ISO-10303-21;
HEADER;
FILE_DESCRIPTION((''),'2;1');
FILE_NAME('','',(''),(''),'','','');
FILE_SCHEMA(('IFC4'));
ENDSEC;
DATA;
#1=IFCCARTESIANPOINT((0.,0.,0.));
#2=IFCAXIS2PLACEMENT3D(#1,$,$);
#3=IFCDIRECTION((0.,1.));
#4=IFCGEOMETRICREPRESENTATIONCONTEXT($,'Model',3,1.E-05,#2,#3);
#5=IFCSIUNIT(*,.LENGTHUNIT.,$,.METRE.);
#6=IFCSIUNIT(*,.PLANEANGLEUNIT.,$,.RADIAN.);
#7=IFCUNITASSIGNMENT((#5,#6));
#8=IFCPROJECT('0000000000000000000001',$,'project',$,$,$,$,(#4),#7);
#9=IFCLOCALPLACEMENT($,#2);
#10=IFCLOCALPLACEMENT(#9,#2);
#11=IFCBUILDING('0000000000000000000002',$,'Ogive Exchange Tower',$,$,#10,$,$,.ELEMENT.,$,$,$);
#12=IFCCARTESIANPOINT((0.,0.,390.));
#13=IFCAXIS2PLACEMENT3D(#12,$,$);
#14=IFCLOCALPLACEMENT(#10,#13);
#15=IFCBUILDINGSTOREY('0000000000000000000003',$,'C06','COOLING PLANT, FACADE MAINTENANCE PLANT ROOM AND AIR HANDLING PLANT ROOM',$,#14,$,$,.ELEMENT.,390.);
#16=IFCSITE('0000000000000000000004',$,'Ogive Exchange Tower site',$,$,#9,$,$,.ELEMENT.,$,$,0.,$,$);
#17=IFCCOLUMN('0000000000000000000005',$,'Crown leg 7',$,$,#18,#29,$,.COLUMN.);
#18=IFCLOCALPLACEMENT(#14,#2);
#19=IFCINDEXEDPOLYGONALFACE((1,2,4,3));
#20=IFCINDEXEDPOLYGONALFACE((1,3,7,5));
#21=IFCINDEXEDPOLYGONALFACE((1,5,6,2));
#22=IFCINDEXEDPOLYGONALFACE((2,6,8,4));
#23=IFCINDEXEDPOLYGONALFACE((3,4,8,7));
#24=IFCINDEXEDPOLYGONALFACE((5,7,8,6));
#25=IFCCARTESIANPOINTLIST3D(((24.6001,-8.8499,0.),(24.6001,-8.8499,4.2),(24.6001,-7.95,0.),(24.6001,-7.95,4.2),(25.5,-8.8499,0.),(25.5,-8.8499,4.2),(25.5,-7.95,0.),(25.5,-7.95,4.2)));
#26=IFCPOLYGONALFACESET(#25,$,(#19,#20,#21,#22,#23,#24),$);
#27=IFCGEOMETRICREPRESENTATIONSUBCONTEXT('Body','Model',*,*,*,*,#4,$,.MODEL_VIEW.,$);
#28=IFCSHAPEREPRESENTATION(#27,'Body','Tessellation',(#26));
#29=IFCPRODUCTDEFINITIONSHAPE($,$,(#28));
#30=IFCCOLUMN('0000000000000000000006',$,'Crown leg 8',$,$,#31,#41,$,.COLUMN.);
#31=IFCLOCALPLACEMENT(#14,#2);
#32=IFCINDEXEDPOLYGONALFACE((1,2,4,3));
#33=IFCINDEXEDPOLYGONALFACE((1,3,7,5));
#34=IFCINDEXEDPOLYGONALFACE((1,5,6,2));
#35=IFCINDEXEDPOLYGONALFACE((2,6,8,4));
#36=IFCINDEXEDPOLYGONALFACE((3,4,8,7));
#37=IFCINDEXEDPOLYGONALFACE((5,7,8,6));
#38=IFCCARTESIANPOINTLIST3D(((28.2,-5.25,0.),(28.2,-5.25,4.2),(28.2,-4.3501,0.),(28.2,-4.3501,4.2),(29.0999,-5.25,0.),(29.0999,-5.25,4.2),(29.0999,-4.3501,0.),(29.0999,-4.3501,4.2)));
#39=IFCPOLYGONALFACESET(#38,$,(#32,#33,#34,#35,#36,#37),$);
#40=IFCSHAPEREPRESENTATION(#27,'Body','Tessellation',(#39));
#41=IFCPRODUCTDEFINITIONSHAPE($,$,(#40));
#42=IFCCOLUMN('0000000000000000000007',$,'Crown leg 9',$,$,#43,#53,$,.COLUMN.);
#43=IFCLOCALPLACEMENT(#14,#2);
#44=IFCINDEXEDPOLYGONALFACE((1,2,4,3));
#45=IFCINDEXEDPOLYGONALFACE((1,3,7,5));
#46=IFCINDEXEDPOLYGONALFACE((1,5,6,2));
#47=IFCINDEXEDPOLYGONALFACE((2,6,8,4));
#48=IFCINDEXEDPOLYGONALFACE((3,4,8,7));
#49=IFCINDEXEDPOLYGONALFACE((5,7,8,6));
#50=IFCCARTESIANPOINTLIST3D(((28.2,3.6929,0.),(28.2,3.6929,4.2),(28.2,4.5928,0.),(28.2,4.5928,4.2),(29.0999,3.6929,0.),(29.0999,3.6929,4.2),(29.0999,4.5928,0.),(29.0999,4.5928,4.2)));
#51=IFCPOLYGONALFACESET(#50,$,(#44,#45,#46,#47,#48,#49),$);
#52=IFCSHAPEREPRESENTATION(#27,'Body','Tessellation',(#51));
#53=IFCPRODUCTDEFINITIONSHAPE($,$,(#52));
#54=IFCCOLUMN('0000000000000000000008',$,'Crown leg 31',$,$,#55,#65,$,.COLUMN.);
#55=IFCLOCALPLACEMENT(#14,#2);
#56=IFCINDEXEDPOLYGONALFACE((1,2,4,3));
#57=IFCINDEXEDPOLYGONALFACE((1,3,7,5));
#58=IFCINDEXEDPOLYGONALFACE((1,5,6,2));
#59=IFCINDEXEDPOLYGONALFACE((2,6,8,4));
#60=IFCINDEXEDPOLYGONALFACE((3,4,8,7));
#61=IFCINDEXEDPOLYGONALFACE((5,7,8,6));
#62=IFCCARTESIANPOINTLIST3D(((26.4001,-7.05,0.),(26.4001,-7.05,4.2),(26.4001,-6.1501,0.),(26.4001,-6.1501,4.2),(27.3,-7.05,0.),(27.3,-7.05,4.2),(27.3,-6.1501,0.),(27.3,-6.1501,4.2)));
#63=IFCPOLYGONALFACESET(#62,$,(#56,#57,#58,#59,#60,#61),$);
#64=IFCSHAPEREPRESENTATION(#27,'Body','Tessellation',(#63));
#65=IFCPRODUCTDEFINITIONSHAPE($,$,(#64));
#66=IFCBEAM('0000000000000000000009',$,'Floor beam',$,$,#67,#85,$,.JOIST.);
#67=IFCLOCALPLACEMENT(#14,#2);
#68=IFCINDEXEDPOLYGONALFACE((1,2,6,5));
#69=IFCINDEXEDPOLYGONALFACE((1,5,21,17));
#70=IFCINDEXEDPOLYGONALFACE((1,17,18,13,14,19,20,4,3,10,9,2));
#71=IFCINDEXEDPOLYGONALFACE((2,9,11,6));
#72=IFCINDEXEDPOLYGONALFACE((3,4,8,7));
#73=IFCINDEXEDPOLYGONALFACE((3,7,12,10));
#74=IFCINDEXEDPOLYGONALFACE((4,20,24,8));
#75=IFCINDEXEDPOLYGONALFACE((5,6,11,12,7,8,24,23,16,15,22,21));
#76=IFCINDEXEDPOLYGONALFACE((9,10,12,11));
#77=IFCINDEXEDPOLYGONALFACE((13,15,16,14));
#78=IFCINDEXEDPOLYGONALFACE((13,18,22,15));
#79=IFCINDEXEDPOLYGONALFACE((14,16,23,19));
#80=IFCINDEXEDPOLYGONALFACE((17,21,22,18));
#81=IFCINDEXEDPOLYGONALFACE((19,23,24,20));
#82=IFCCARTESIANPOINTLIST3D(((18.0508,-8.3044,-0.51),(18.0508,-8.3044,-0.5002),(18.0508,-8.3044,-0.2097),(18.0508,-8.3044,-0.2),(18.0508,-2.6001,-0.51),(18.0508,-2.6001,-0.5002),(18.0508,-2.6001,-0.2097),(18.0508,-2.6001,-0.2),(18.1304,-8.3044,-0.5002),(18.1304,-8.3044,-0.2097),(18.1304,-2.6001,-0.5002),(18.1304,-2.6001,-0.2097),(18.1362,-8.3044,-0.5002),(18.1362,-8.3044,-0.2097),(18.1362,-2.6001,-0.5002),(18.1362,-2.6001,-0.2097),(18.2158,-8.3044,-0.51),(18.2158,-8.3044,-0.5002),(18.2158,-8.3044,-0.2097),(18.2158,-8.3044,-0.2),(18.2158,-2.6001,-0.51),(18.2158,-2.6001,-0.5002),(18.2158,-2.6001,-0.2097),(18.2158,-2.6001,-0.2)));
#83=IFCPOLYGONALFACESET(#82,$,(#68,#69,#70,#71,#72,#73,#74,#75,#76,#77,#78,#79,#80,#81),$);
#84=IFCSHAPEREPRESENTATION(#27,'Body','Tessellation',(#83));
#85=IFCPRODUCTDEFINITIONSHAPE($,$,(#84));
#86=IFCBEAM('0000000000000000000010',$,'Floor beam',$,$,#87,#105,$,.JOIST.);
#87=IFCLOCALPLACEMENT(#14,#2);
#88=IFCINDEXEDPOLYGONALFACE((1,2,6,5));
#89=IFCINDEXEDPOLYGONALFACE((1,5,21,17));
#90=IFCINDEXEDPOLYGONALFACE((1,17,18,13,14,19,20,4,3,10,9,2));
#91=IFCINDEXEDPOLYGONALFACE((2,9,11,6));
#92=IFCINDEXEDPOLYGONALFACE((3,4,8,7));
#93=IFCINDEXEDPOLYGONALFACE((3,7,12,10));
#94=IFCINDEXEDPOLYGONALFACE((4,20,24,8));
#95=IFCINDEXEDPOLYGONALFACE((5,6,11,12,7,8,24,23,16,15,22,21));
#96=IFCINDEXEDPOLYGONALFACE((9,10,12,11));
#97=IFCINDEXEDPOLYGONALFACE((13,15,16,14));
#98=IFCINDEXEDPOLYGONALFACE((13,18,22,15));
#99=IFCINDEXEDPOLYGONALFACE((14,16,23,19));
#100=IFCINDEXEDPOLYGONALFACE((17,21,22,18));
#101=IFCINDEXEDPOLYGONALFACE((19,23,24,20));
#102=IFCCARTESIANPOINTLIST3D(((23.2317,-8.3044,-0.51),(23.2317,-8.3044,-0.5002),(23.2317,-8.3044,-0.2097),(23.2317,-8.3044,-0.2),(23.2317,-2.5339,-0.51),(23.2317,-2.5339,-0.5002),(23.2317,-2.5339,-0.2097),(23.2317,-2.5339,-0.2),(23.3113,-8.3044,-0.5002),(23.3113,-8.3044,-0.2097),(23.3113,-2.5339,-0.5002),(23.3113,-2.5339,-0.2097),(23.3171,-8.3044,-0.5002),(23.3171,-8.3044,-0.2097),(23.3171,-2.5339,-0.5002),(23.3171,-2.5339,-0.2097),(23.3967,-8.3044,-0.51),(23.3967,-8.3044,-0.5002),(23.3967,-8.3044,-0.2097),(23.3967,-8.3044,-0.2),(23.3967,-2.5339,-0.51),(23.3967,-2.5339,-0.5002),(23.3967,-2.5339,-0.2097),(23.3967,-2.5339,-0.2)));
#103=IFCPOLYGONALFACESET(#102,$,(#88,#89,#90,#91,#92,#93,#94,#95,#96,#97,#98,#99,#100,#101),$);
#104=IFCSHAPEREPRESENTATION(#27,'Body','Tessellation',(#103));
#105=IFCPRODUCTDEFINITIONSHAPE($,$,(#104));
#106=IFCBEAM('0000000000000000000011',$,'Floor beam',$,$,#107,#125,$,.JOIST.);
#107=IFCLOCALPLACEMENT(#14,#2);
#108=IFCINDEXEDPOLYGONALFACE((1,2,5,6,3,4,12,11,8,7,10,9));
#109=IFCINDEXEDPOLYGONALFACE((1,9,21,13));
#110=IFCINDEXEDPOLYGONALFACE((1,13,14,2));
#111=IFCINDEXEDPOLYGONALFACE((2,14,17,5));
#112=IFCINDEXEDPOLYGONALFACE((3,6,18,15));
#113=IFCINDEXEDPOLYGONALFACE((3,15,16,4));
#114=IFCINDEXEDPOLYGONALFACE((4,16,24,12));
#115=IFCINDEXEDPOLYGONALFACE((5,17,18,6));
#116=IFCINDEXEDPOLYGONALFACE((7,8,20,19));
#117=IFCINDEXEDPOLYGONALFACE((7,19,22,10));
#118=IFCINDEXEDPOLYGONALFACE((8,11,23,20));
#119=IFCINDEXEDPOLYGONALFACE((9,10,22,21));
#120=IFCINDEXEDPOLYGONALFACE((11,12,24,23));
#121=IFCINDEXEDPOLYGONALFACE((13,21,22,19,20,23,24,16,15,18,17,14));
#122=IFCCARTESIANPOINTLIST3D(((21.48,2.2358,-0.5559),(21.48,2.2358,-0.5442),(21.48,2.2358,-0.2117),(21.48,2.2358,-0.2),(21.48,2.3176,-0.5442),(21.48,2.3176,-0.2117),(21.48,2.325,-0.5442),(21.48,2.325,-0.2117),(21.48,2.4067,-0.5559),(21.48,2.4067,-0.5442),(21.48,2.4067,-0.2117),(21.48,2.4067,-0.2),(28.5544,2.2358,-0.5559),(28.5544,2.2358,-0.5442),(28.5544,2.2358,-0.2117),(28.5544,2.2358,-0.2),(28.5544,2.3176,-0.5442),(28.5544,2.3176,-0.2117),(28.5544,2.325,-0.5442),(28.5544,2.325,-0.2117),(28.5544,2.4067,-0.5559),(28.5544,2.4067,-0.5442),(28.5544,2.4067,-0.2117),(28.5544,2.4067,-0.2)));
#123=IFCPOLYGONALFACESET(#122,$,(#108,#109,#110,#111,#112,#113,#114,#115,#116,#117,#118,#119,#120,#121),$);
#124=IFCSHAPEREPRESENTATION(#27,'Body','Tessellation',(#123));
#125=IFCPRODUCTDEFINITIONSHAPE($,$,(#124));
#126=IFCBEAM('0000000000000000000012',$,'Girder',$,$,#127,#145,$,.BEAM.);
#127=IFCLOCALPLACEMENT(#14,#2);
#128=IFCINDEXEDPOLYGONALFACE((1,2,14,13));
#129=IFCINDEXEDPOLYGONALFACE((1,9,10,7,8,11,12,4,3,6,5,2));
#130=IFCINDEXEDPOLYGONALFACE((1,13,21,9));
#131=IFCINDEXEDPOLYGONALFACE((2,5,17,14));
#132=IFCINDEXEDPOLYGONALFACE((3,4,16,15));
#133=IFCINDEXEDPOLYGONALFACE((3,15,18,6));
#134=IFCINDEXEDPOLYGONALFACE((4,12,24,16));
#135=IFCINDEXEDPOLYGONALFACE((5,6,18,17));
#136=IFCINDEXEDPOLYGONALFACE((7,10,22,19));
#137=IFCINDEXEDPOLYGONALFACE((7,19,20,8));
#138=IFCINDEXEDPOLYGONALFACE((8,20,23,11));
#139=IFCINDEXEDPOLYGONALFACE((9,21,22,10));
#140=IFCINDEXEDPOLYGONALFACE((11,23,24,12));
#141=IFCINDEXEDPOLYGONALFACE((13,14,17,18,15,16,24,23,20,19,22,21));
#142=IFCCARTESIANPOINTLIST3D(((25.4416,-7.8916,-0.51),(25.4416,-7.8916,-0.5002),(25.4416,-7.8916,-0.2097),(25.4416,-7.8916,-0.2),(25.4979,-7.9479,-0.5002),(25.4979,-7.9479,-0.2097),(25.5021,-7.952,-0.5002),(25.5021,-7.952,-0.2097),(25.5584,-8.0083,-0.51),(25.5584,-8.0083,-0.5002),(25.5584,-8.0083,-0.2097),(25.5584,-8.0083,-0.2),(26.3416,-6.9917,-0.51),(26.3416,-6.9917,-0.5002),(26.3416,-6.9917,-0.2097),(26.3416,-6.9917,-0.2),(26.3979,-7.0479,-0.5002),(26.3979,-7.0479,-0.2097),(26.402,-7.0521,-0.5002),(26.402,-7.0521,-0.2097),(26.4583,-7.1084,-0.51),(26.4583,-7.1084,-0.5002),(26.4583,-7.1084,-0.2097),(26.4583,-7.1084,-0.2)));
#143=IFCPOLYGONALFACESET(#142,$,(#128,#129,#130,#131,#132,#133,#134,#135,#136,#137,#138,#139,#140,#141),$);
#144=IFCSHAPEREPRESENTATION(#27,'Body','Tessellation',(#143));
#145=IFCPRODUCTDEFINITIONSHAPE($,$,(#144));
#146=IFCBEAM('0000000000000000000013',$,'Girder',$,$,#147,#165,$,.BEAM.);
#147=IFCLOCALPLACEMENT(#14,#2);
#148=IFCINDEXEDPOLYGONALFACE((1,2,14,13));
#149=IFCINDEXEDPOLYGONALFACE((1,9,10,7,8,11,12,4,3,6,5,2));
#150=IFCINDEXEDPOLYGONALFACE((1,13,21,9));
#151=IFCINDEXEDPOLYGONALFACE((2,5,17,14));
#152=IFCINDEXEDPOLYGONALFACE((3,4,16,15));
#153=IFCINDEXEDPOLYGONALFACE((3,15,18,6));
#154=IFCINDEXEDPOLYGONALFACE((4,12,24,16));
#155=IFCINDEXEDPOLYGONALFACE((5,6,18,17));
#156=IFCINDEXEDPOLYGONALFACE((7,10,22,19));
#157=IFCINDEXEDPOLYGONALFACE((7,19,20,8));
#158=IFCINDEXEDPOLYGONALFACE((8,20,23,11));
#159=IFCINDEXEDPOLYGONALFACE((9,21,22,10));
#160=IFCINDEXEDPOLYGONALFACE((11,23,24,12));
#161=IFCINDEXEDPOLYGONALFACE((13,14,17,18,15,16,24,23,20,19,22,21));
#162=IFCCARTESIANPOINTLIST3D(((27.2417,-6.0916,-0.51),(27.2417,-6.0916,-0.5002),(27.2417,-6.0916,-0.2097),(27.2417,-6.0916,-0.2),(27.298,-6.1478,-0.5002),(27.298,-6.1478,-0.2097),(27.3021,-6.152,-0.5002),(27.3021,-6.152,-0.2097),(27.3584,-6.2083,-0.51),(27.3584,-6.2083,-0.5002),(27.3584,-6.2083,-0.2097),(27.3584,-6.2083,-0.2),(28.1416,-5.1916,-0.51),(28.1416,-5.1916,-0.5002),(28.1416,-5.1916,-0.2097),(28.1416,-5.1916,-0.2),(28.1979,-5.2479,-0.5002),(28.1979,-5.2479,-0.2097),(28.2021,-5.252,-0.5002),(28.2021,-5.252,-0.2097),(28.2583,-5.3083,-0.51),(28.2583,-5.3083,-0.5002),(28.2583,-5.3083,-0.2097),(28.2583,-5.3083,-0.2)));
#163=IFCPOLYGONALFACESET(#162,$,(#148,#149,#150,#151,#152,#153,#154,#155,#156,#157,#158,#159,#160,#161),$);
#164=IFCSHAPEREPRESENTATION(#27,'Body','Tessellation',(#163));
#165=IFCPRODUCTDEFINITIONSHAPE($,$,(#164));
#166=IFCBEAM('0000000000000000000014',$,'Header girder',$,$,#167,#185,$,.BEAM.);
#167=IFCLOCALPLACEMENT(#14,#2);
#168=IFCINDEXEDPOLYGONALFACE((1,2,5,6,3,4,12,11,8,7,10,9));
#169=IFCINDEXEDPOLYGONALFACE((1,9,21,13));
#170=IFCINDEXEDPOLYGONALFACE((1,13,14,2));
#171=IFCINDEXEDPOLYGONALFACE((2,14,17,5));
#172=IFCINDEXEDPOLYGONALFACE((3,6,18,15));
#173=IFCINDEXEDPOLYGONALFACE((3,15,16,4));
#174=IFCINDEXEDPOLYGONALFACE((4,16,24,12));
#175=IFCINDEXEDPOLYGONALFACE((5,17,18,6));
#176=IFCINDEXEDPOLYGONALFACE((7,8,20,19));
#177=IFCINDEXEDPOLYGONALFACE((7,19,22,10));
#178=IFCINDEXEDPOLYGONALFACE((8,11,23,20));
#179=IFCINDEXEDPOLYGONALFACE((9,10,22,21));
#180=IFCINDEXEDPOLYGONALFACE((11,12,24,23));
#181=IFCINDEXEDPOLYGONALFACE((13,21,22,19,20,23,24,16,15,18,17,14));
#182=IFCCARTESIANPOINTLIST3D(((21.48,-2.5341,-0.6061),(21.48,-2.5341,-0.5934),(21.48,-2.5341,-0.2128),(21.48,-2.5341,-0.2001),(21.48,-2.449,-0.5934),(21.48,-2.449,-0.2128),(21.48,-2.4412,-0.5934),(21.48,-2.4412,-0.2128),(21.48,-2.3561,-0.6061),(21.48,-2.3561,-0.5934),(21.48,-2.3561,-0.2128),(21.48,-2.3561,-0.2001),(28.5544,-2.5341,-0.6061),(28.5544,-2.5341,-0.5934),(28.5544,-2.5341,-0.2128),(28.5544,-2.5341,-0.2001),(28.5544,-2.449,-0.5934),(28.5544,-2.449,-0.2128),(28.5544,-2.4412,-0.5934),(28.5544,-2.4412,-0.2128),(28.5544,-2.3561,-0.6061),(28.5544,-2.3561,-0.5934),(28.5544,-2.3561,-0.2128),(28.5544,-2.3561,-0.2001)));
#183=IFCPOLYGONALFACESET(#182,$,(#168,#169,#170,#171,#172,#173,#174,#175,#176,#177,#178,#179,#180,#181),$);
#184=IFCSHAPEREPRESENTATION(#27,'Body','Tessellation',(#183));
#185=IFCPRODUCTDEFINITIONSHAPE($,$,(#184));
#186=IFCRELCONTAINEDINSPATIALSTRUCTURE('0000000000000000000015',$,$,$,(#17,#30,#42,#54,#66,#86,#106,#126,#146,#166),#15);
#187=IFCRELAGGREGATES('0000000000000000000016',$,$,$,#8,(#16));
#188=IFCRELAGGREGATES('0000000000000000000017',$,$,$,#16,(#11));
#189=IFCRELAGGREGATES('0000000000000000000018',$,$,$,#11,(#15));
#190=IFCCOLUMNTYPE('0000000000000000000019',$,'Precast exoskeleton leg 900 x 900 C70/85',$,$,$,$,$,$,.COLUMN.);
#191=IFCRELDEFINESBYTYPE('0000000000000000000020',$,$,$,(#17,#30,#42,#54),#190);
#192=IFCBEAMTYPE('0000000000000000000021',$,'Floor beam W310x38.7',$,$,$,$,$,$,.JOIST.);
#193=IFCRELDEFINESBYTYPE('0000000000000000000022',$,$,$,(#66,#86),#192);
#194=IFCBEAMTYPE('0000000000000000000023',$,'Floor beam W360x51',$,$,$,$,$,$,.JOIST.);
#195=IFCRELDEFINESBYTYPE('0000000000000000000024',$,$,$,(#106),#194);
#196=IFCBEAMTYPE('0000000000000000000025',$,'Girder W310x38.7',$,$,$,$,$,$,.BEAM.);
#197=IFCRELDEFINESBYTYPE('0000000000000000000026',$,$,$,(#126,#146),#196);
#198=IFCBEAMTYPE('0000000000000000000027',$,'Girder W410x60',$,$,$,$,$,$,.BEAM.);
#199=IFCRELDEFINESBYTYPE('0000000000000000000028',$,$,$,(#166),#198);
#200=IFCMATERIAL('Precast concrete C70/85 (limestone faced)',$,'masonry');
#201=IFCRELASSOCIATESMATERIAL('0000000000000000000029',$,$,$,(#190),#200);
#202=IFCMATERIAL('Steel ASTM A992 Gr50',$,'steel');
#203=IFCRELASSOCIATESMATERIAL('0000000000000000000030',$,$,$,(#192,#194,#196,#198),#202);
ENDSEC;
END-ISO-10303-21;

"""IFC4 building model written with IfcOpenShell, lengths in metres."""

from ifc_helpers import new_model, si_unit, direction, frame, origin, origin_2d, place, context, subcontext, project, spatial, rectangle, i_section, extrude, material, material_profile, profile_set, type_object, element, save


model = new_model("IFC4")

# Units and contexts
model_context = context("Model", 3, precision=1e-05, world=origin(), true_north=direction((0.0, 1.0)))
body_context = subcontext(model_context, "Body", "Model", "MODEL_VIEW")
ifc_project = project(units=[si_unit("LENGTHUNIT", "METRE"), si_unit("PLANEANGLEUNIT", "RADIAN")], contexts=[model_context])

# Site, building, storey
site_placement = place(None, origin())
site = spatial("IfcSite", under=ifc_project, at=site_placement, Name="Ogive Exchange Tower site", CompositionType="ELEMENT", RefElevation=0.0)
building_placement = place(site_placement, origin())
building = spatial("IfcBuilding", under=site, at=building_placement, Name="Ogive Exchange Tower", CompositionType="ELEMENT")
storey_placement = place(building_placement, frame((0.0, 0.0, 390.0)))
storey = spatial("IfcBuildingStorey", under=building, at=storey_placement, Name="C06", Description="COOLING PLANT, FACADE MAINTENANCE PLANT ROOM AND AIR HANDLING PLANT ROOM", CompositionType="ELEMENT", Elevation=390.0)

# Columns
ifc_material_1 = material(Name="Precast concrete C70/85 (limestone faced)", Category="masonry")
ifc_material_profile_1 = material_profile(ifc_material_1, rectangle(XDim=0.8999, YDim=0.8999, at=origin_2d()), Name="900 x 900")
ifc_profile_set_1 = profile_set([ifc_material_profile_1], Name="Precast concrete C70/85 (limestone faced)")
column_type = type_object("IfcColumnType", Name="Precast exoskeleton leg 900 x 900 C70/85", PredefinedType="COLUMN", material=ifc_profile_set_1)
for number, where, z_axis, x_axis, name in (
    (1, (25.05, -8.3999, 0.0), (0.0, 0.0, 1.0), (1.0, 0.0, 0.0), "Crown leg 7"),
    (2, (28.6499, -4.8, 0.0), (0.0, 0.0, 1.0), (1.0, 0.0, 0.0), "Crown leg 8"),
    (3, (28.6499, 4.1428, 0.0), (0.0, 0.0, 1.0), (1.0, 0.0, 0.0), "Crown leg 9"),
    (4, (26.8501, -6.6001, 0.0), (0.0, 0.0, 1.0), (1.0, 0.0, 0.0), "Crown leg 31"),
):
    element("IfcColumn", number, at=place(storey_placement, frame(where, z_axis=z_axis, x_axis=x_axis)), inside=storey, type_object=column_type, Name=name, PredefinedType="COLUMN", context=body_context, shape_type="SweptSolid", body=[
        extrude(rectangle(XDim=0.8999, YDim=0.8999, at=origin_2d()), origin(), (0.0, 0.0, 1.0), 4.2),
    ])

# Beams
ifc_material_2 = material(Name="Steel ASTM A992 Gr50", Category="steel")
ifc_material_profile_2 = material_profile(ifc_material_2, i_section(OverallWidth=0.165, OverallDepth=0.3101, WebThickness=0.0059, FlangeThickness=0.0098, at=origin_2d()), Name="W310x38.7")
ifc_profile_set_2 = profile_set([ifc_material_profile_2], Name="Steel ASTM A992 Gr50")
beam_type_1 = type_object("IfcBeamType", Name="Floor beam W310x38.7", PredefinedType="JOIST", material=ifc_profile_set_2)
beam_1_placement = place(storey_placement, frame((18.1333, -8.3044, -0.355), z_axis=(0.0, 1.0, 0.0), x_axis=(-1.0, 0.0, 0.0)))
element("IfcBeam", 5, at=beam_1_placement, inside=storey, type_object=beam_type_1, Name="Floor beam", PredefinedType="JOIST", context=body_context, shape_type="SweptSolid", body=[
    extrude(i_section(OverallWidth=0.165, OverallDepth=0.3101, WebThickness=0.0059, FlangeThickness=0.0098, at=origin_2d()), origin(), (0.0, 0.0, 1.0), 5.7043),
])
beam_2_placement = place(storey_placement, frame((23.3142, -8.3044, -0.355), z_axis=(0.0, 1.0, 0.0), x_axis=(-1.0, 0.0, 0.0)))
element("IfcBeam", 6, at=beam_2_placement, inside=storey, type_object=beam_type_1, Name="Floor beam", PredefinedType="JOIST", context=body_context, shape_type="SweptSolid", body=[
    extrude(i_section(OverallWidth=0.165, OverallDepth=0.3101, WebThickness=0.0059, FlangeThickness=0.0098, at=origin_2d()), origin(), (0.0, 0.0, 1.0), 5.7705),
])
ifc_material_profile_3 = material_profile(ifc_material_2, i_section(OverallWidth=0.1709, OverallDepth=0.356, WebThickness=0.0073, FlangeThickness=0.0117, at=origin_2d()), Name="W360x51")
ifc_profile_set_3 = profile_set([ifc_material_profile_3], Name="Steel ASTM A992 Gr50")
beam_type_2 = type_object("IfcBeamType", Name="Floor beam W360x51", PredefinedType="JOIST", material=ifc_profile_set_3)
beam_3_placement = place(storey_placement, frame((21.48, 2.3213, -0.3779), z_axis=(1.0, 0.0, 0.0), x_axis=(0.0, 1.0, 0.0)))
element("IfcBeam", 7, at=beam_3_placement, inside=storey, type_object=beam_type_2, Name="Floor beam", PredefinedType="JOIST", context=body_context, shape_type="SweptSolid", body=[
    extrude(i_section(OverallWidth=0.1709, OverallDepth=0.356, WebThickness=0.0073, FlangeThickness=0.0117, at=origin_2d()), origin(), (0.0, 0.0, 1.0), 7.0745),
])
ifc_material_profile_4 = material_profile(ifc_material_2, i_section(OverallWidth=0.165, OverallDepth=0.3101, WebThickness=0.0059, FlangeThickness=0.0098, at=origin_2d()), Name="W310x38.7")
ifc_profile_set_4 = profile_set([ifc_material_profile_4], Name="Steel ASTM A992 Gr50")
beam_type_3 = type_object("IfcBeamType", Name="Girder W310x38.7", PredefinedType="BEAM", material=ifc_profile_set_4)
for number, where, z_axis, x_axis, name in (
    (8, (25.5, -7.95, -0.355), (0.707107, 0.707107, 0.0), (-0.707107, 0.707107, 0.0), "Girder"),
    (9, (27.3, -6.1499, -0.355), (0.707107, 0.707107, 0.0), (-0.707107, 0.707107, 0.0), "Girder"),
):
    element("IfcBeam", number, at=place(storey_placement, frame(where, z_axis=z_axis, x_axis=x_axis)), inside=storey, type_object=beam_type_3, Name=name, PredefinedType="BEAM", context=body_context, shape_type="SweptSolid", body=[
        extrude(i_section(OverallWidth=0.165, OverallDepth=0.3101, WebThickness=0.0059, FlangeThickness=0.0098, at=origin_2d()), origin(), (0.0, 0.0, 1.0), 1.2727),
    ])
ifc_material_profile_5 = material_profile(ifc_material_2, i_section(OverallWidth=0.178, OverallDepth=0.406, WebThickness=0.0078, FlangeThickness=0.0127, at=origin_2d()), Name="W410x60")
ifc_profile_set_5 = profile_set([ifc_material_profile_5], Name="Steel ASTM A992 Gr50")
beam_type_4 = type_object("IfcBeamType", Name="Girder W410x60", PredefinedType="BEAM", material=ifc_profile_set_5)
beam_4_placement = place(storey_placement, frame((21.48, -2.4451, -0.4031), z_axis=(1.0, 0.0, 0.0), x_axis=(0.0, 1.0, 0.0)))
element("IfcBeam", 10, at=beam_4_placement, inside=storey, type_object=beam_type_4, Name="Header girder", PredefinedType="BEAM", context=body_context, shape_type="SweptSolid", body=[
    extrude(i_section(OverallWidth=0.178, OverallDepth=0.406, WebThickness=0.0078, FlangeThickness=0.0127, at=origin_2d()), origin(), (0.0, 0.0, 1.0), 7.0745),
])

save(model, "model.ifc")
